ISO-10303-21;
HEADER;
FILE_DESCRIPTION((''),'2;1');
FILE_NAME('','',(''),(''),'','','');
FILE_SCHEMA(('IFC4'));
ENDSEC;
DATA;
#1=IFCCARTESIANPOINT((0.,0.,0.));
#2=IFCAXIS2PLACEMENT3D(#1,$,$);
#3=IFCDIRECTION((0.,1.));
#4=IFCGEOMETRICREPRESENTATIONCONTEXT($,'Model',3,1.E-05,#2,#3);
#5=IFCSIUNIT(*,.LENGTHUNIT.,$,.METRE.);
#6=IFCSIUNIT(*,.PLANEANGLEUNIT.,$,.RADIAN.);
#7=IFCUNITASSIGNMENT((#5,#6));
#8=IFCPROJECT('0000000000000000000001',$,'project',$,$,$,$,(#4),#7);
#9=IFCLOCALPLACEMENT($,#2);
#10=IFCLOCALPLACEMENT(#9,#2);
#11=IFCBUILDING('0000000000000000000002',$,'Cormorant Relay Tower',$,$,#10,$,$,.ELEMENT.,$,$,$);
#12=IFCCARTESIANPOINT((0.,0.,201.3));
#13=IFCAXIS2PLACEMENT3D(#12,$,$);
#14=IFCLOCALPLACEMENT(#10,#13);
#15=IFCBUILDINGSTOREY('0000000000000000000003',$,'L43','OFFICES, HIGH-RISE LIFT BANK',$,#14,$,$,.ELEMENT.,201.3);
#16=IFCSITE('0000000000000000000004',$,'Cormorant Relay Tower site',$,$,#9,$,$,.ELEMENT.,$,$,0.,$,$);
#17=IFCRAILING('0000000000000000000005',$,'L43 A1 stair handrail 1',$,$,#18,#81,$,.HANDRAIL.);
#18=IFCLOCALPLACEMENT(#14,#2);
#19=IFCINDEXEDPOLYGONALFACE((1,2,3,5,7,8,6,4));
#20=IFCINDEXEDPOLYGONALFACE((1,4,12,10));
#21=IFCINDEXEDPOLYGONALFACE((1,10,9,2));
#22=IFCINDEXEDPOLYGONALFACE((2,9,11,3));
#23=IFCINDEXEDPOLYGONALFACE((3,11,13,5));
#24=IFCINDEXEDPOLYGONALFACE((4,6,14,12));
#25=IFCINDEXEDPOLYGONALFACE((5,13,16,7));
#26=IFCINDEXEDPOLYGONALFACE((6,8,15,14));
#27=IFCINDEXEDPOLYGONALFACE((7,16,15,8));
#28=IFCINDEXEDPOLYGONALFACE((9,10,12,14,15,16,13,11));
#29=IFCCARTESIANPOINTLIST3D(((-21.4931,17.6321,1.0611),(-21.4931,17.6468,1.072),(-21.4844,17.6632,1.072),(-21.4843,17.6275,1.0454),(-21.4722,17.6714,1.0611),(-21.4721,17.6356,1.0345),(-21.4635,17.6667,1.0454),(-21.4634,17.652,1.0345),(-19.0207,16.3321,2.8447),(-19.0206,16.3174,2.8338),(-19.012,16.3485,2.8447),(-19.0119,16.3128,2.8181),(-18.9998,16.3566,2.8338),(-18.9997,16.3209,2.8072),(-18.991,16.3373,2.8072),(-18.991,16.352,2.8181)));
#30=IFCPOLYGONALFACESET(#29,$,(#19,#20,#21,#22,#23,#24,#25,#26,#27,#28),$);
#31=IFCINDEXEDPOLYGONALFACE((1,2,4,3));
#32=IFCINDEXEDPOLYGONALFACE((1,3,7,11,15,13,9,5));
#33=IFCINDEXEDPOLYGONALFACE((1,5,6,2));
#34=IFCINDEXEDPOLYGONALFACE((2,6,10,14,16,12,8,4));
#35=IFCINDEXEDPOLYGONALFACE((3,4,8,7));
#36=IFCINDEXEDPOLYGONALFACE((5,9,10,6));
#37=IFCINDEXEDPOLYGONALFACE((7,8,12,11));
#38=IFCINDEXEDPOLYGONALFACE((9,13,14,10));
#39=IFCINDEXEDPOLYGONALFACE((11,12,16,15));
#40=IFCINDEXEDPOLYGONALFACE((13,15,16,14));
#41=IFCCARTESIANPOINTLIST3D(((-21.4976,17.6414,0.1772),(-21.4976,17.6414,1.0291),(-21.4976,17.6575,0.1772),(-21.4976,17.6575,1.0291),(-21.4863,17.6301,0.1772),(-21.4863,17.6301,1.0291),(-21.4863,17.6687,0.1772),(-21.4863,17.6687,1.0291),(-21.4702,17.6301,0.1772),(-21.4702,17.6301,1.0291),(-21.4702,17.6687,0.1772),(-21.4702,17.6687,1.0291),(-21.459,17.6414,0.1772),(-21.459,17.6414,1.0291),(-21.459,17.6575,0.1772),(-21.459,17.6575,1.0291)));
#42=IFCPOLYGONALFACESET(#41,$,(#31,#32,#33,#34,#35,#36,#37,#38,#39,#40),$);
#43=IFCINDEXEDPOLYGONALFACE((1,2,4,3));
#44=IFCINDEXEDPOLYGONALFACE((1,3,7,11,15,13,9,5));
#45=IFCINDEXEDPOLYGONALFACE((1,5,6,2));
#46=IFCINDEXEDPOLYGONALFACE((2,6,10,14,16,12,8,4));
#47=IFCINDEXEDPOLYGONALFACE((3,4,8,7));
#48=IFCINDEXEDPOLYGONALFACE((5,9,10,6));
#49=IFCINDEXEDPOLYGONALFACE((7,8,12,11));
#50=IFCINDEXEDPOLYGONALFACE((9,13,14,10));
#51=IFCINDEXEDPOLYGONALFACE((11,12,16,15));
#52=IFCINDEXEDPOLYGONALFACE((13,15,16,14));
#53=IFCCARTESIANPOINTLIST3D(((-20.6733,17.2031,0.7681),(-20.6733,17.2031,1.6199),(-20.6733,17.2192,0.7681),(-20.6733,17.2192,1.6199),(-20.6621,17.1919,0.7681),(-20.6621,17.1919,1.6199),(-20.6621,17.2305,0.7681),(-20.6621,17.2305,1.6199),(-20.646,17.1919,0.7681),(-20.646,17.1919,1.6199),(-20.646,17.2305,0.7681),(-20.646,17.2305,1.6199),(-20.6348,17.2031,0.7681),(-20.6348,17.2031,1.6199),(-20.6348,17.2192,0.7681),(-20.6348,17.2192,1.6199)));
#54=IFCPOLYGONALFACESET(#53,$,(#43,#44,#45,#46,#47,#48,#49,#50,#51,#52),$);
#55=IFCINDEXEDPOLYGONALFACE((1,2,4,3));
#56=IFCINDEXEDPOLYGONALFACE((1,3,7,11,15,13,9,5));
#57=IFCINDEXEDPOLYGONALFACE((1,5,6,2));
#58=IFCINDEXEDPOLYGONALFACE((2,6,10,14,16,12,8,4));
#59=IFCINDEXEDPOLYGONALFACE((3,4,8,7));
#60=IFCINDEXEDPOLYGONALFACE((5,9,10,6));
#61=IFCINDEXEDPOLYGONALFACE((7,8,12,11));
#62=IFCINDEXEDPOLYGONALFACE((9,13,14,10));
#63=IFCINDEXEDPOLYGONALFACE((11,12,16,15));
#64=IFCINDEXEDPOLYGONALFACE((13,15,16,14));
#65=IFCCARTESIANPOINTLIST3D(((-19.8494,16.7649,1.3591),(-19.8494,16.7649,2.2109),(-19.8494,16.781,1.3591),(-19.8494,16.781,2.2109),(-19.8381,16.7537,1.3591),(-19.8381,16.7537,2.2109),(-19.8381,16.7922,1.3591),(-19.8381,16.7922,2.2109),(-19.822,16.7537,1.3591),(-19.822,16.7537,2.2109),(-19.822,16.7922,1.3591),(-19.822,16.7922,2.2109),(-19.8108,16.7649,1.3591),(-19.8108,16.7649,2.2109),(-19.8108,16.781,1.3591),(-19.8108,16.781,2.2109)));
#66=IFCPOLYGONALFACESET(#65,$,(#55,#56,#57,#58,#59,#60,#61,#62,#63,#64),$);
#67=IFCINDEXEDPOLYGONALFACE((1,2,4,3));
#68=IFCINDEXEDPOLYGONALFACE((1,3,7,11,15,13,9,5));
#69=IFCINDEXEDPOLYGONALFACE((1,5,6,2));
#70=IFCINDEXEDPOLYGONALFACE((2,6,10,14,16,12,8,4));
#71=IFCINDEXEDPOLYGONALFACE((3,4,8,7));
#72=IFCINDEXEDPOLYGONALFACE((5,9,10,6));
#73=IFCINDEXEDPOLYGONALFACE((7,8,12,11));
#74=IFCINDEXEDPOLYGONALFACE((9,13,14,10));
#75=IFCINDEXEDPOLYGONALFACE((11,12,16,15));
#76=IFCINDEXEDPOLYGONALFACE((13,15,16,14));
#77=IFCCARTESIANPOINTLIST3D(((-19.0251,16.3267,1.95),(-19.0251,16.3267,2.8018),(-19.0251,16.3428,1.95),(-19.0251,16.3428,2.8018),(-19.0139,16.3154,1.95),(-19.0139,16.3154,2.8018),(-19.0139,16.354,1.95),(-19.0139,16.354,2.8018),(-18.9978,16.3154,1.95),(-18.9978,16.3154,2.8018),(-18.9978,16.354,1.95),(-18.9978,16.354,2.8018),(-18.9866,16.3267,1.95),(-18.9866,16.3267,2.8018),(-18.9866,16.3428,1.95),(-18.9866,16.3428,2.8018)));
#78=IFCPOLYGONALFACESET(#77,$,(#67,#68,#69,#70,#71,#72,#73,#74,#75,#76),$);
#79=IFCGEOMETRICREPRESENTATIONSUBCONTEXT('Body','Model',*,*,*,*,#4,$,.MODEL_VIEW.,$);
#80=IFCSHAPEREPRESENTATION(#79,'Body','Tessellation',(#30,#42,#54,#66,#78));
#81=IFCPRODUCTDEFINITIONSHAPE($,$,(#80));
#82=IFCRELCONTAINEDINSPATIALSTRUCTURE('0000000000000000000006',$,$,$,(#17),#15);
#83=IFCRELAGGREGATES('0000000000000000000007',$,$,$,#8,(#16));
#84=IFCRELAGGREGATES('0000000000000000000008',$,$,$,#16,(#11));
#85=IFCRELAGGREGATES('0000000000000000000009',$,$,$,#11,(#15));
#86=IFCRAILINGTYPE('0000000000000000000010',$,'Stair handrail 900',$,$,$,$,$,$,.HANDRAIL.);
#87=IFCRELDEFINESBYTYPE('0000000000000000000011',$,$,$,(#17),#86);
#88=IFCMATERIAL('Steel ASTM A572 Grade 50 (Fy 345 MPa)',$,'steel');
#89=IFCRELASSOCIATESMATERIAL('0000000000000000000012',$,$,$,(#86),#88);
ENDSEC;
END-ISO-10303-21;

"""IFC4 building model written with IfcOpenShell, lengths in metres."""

from ifc_helpers import new_model, si_unit, direction, frame, origin, place, context, subcontext, project, spatial, polyline, outline, extrude, material, type_object, element, save


model = new_model("IFC4")

# Units and contexts
model_context = context("Model", 3, precision=1e-05, world=origin(), true_north=direction((0.0, 1.0)))
body_context = subcontext(model_context, "Body", "Model", "MODEL_VIEW")
ifc_project = project(units=[si_unit("LENGTHUNIT", "METRE"), si_unit("PLANEANGLEUNIT", "RADIAN")], contexts=[model_context])

# Site, building, storey
site_placement = place(None, origin())
site = spatial("IfcSite", under=ifc_project, at=site_placement, Name="Cormorant Relay Tower site", CompositionType="ELEMENT", RefElevation=0.0)
building_placement = place(site_placement, origin())
building = spatial("IfcBuilding", under=site, at=building_placement, Name="Cormorant Relay Tower", CompositionType="ELEMENT")
storey_placement = place(building_placement, frame((0.0, 0.0, 201.3)))
storey = spatial("IfcBuildingStorey", under=building, at=storey_placement, Name="L43", Description="OFFICES, HIGH-RISE LIFT BANK", CompositionType="ELEMENT", Elevation=201.3)

# Railing
ifc_material_1 = material(Name="Steel ASTM A572 Grade 50 (Fy 345 MPa)", Category="steel")
railing_type = type_object("IfcRailingType", Name="Stair handrail 900", PredefinedType="HANDRAIL", material=ifc_material_1)
railing_placement = place(storey_placement, frame((-21.4783, 17.6494, 0.1772)))
element("IfcRailing", 1, at=railing_placement, inside=storey, type_object=railing_type, Name="L43 A1 stair handrail 1", PredefinedType="HANDRAIL", context=body_context, shape_type="SweptSolid", body=[
    extrude(outline(polyline([(0.0222, 0.0093), (0.0093, 0.0222), (-0.0093, 0.0222), (-0.0222, 0.0093), (-0.0222, -0.0093), (-0.0093, -0.0222), (0.0093, -0.0222), (0.0222, -0.0093), (0.0222, 0.0093)])), frame((0.0, 0.0, 0.876), z_axis=(0.746012, -0.39669, 0.534886), x_axis=(0.469497, 0.882934, 0.0)), (0.0, 0.0, 1.0), 3.3142),
    extrude(outline(polyline([(0.0193, 0.0081), (0.0081, 0.0193), (-0.0081, 0.0193), (-0.0193, 0.0081), (-0.0193, -0.0081), (-0.0081, -0.0193), (0.0081, -0.0193), (0.0193, -0.0081), (0.0193, 0.0081)])), origin(), (0.0, 0.0, 1.0), 0.8518),
    extrude(outline(polyline([(0.0193, 0.0081), (0.0081, 0.0193), (-0.0081, 0.0193), (-0.0193, 0.0081), (-0.0193, -0.0081), (-0.0081, -0.0193), (0.0081, -0.0193), (0.0193, -0.0081), (0.0193, 0.0081)])), frame((0.8242, -0.4382, 0.5908)), (0.0, 0.0, 1.0), 0.8518),
    extrude(outline(polyline([(0.0193, 0.0081), (0.0081, 0.0193), (-0.0081, 0.0193), (-0.0193, 0.0081), (-0.0193, -0.0081), (-0.0081, -0.0193), (0.0081, -0.0193), (0.0193, -0.0081), (0.0193, 0.0081)])), frame((1.6482, -0.8765, 1.1819)), (0.0, 0.0, 1.0), 0.8518),
    extrude(outline(polyline([(0.0193, 0.0081), (0.0081, 0.0193), (-0.0081, 0.0193), (-0.0193, 0.0081), (-0.0193, -0.0081), (-0.0081, -0.0193), (0.0081, -0.0193), (0.0193, -0.0081), (0.0193, 0.0081)])), frame((2.4724, -1.3147, 1.7727)), (0.0, 0.0, 1.0), 0.8518),
])

save(model, "model.ifc")
